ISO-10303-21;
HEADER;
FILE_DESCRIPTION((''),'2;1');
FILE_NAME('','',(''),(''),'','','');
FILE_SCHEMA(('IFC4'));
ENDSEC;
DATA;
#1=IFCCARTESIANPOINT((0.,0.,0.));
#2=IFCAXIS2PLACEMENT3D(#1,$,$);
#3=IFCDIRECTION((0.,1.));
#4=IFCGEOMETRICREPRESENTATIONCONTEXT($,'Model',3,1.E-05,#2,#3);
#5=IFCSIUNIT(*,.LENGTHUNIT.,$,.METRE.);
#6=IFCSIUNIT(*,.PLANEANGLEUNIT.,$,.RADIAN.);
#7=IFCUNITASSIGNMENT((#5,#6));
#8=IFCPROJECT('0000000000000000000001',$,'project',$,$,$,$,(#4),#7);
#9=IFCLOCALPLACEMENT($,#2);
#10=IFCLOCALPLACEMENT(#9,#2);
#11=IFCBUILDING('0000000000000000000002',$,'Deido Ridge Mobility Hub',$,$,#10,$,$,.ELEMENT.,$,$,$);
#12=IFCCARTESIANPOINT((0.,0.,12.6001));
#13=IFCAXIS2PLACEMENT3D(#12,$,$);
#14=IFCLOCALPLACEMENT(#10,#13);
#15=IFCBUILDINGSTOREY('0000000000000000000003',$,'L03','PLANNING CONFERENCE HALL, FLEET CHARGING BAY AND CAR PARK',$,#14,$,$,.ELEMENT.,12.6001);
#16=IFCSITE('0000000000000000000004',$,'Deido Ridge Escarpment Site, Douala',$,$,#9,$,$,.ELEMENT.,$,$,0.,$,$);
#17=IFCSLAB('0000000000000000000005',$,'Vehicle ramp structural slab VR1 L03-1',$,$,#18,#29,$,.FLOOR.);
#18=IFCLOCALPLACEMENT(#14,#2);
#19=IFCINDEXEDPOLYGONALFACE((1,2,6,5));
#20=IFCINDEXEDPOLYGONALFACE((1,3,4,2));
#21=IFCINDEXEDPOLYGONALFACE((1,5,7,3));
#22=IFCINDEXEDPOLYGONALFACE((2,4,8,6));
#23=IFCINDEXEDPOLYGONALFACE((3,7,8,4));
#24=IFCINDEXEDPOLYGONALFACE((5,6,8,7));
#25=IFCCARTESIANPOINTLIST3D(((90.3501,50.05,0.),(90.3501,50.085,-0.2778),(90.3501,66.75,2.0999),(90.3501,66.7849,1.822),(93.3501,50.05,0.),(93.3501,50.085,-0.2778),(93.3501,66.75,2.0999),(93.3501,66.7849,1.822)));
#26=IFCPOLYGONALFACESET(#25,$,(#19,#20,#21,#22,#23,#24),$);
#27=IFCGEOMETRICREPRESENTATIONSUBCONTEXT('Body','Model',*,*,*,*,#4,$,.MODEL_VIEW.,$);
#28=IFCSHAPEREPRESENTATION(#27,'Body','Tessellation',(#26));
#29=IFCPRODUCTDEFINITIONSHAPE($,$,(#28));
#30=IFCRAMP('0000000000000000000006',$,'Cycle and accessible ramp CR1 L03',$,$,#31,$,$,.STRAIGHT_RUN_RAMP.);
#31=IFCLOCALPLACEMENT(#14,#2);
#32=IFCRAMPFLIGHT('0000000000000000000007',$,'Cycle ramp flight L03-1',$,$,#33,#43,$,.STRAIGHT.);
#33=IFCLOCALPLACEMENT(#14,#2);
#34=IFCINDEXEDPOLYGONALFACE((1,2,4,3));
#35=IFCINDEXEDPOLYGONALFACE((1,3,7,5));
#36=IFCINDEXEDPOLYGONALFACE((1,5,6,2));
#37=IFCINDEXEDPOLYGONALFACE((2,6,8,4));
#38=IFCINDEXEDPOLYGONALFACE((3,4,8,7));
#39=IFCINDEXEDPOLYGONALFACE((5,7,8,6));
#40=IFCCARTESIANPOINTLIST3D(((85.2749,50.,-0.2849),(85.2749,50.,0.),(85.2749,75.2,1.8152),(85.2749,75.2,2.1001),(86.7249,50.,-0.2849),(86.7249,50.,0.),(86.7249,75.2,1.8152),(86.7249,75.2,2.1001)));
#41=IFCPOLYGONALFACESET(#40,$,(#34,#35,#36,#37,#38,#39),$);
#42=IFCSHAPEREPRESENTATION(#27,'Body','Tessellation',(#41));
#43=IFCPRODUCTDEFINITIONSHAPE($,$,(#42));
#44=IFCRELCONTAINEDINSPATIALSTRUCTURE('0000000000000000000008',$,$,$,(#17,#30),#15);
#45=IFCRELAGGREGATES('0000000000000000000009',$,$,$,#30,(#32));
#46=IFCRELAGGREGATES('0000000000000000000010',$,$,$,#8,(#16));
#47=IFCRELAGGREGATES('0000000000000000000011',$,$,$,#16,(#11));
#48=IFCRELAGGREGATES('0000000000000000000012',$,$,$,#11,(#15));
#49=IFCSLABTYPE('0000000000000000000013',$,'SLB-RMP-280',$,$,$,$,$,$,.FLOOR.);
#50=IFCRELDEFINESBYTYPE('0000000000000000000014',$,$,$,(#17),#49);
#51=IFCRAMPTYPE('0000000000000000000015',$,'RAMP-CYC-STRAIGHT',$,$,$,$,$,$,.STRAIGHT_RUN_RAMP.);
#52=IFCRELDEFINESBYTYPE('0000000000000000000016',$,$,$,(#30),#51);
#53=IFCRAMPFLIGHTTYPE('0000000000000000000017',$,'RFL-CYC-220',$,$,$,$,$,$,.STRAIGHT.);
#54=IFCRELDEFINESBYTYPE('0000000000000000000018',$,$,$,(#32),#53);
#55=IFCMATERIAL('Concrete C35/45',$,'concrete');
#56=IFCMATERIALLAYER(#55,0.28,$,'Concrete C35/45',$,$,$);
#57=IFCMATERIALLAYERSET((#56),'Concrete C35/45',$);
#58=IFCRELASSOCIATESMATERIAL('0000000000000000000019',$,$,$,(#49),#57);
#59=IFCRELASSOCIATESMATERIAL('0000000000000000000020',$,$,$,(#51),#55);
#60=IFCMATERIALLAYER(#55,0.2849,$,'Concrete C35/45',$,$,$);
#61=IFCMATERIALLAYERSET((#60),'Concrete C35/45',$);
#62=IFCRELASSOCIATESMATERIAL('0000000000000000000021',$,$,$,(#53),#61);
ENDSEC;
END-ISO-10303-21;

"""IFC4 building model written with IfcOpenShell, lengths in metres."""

from ifc_helpers import new_model, si_unit, direction, frame, origin, place, context, subcontext, project, spatial, polyline, outline, extrude, material, layer, layer_set, type_object, element, aggregate, save


model = new_model("IFC4")

# Units and contexts
model_context = context("Model", 3, precision=1e-05, world=origin(), true_north=direction((0.0, 1.0)))
body_context = subcontext(model_context, "Body", "Model", "MODEL_VIEW")
ifc_project = project(units=[si_unit("LENGTHUNIT", "METRE"), si_unit("PLANEANGLEUNIT", "RADIAN")], contexts=[model_context])

# Site, building, storey
site_placement = place(None, origin())
site = spatial("IfcSite", under=ifc_project, at=site_placement, Name="Deido Ridge Escarpment Site, Douala", CompositionType="ELEMENT", RefElevation=0.0)
building_placement = place(site_placement, origin())
building = spatial("IfcBuilding", under=site, at=building_placement, Name="Deido Ridge Mobility Hub", CompositionType="ELEMENT")
storey_placement = place(building_placement, frame((0.0, 0.0, 12.6001)))
storey = spatial("IfcBuildingStorey", under=building, at=storey_placement, Name="L03", Description="PLANNING CONFERENCE HALL, FLEET CHARGING BAY AND CAR PARK", CompositionType="ELEMENT", Elevation=12.6001)

# Slab
ifc_material_1 = material(Name="Concrete C35/45", Category="concrete")
ifc_layer_1 = layer(ifc_material_1, 0.28, Name="Concrete C35/45")
ifc_layer_set_1 = layer_set([ifc_layer_1], Name="Concrete C35/45")
slab_type = type_object("IfcSlabType", Name="SLB-RMP-280", PredefinedType="FLOOR", material=ifc_layer_set_1)
slab_placement = place(storey_placement, frame((90.3501, 50.05, 0.0), z_axis=(0.0, -0.124758, 0.992187), x_axis=(1.0, 0.0, 0.0)))
element("IfcSlab", 1, at=slab_placement, inside=storey, type_object=slab_type, Name="Vehicle ramp structural slab VR1 L03-1", PredefinedType="FLOOR", context=body_context, shape_type="SweptSolid", body=[
    extrude(outline(polyline([(0.0, 0.0), (3.0, 0.0), (3.0, 16.8315), (0.0, 16.8315), (0.0, 0.0)])), origin(), (0.0, 0.0, -1.0), 0.28),
])

# Ramp, ramp flight
ramp_type = type_object("IfcRampType", Name="RAMP-CYC-STRAIGHT", PredefinedType="STRAIGHT_RUN_RAMP", material=ifc_material_1)
ramp_placement = place(storey_placement, origin())
ramp = element("IfcRamp", 2, at=ramp_placement, inside=storey, type_object=ramp_type, Name="Cycle and accessible ramp CR1 L03", PredefinedType="STRAIGHT_RUN_RAMP")
ifc_layer_2 = layer(ifc_material_1, 0.2849, Name="Concrete C35/45")
ifc_layer_set_2 = layer_set([ifc_layer_2], Name="Concrete C35/45")
ramp_flight_type = type_object("IfcRampFlightType", Name="RFL-CYC-220", PredefinedType="STRAIGHT", material=ifc_layer_set_2)
ramp_flight_placement = place(storey_placement, frame((86.0, 50.0, 0.0), z_axis=(0.0, 0.0, 1.0), x_axis=(0.0, 1.0, 0.0)))
ramp_flight = element("IfcRampFlight", 3, at=ramp_flight_placement, type_object=ramp_flight_type, Name="Cycle ramp flight L03-1", PredefinedType="STRAIGHT", context=body_context, shape_type="SweptSolid", body=[
    extrude(outline(polyline([(0.0, 0.0), (0.0, -0.2849), (25.2, 1.8152), (25.2, 2.1001), (0.0, 0.0)])), frame((0.0, 0.7251, 0.0), z_axis=(0.0, -1.0, 0.0), x_axis=(1.0, 0.0, 0.0)), (0.0, 0.0, 1.0), 1.45),
])
aggregate(ramp, [ramp_flight])

save(model, "model.ifc")
